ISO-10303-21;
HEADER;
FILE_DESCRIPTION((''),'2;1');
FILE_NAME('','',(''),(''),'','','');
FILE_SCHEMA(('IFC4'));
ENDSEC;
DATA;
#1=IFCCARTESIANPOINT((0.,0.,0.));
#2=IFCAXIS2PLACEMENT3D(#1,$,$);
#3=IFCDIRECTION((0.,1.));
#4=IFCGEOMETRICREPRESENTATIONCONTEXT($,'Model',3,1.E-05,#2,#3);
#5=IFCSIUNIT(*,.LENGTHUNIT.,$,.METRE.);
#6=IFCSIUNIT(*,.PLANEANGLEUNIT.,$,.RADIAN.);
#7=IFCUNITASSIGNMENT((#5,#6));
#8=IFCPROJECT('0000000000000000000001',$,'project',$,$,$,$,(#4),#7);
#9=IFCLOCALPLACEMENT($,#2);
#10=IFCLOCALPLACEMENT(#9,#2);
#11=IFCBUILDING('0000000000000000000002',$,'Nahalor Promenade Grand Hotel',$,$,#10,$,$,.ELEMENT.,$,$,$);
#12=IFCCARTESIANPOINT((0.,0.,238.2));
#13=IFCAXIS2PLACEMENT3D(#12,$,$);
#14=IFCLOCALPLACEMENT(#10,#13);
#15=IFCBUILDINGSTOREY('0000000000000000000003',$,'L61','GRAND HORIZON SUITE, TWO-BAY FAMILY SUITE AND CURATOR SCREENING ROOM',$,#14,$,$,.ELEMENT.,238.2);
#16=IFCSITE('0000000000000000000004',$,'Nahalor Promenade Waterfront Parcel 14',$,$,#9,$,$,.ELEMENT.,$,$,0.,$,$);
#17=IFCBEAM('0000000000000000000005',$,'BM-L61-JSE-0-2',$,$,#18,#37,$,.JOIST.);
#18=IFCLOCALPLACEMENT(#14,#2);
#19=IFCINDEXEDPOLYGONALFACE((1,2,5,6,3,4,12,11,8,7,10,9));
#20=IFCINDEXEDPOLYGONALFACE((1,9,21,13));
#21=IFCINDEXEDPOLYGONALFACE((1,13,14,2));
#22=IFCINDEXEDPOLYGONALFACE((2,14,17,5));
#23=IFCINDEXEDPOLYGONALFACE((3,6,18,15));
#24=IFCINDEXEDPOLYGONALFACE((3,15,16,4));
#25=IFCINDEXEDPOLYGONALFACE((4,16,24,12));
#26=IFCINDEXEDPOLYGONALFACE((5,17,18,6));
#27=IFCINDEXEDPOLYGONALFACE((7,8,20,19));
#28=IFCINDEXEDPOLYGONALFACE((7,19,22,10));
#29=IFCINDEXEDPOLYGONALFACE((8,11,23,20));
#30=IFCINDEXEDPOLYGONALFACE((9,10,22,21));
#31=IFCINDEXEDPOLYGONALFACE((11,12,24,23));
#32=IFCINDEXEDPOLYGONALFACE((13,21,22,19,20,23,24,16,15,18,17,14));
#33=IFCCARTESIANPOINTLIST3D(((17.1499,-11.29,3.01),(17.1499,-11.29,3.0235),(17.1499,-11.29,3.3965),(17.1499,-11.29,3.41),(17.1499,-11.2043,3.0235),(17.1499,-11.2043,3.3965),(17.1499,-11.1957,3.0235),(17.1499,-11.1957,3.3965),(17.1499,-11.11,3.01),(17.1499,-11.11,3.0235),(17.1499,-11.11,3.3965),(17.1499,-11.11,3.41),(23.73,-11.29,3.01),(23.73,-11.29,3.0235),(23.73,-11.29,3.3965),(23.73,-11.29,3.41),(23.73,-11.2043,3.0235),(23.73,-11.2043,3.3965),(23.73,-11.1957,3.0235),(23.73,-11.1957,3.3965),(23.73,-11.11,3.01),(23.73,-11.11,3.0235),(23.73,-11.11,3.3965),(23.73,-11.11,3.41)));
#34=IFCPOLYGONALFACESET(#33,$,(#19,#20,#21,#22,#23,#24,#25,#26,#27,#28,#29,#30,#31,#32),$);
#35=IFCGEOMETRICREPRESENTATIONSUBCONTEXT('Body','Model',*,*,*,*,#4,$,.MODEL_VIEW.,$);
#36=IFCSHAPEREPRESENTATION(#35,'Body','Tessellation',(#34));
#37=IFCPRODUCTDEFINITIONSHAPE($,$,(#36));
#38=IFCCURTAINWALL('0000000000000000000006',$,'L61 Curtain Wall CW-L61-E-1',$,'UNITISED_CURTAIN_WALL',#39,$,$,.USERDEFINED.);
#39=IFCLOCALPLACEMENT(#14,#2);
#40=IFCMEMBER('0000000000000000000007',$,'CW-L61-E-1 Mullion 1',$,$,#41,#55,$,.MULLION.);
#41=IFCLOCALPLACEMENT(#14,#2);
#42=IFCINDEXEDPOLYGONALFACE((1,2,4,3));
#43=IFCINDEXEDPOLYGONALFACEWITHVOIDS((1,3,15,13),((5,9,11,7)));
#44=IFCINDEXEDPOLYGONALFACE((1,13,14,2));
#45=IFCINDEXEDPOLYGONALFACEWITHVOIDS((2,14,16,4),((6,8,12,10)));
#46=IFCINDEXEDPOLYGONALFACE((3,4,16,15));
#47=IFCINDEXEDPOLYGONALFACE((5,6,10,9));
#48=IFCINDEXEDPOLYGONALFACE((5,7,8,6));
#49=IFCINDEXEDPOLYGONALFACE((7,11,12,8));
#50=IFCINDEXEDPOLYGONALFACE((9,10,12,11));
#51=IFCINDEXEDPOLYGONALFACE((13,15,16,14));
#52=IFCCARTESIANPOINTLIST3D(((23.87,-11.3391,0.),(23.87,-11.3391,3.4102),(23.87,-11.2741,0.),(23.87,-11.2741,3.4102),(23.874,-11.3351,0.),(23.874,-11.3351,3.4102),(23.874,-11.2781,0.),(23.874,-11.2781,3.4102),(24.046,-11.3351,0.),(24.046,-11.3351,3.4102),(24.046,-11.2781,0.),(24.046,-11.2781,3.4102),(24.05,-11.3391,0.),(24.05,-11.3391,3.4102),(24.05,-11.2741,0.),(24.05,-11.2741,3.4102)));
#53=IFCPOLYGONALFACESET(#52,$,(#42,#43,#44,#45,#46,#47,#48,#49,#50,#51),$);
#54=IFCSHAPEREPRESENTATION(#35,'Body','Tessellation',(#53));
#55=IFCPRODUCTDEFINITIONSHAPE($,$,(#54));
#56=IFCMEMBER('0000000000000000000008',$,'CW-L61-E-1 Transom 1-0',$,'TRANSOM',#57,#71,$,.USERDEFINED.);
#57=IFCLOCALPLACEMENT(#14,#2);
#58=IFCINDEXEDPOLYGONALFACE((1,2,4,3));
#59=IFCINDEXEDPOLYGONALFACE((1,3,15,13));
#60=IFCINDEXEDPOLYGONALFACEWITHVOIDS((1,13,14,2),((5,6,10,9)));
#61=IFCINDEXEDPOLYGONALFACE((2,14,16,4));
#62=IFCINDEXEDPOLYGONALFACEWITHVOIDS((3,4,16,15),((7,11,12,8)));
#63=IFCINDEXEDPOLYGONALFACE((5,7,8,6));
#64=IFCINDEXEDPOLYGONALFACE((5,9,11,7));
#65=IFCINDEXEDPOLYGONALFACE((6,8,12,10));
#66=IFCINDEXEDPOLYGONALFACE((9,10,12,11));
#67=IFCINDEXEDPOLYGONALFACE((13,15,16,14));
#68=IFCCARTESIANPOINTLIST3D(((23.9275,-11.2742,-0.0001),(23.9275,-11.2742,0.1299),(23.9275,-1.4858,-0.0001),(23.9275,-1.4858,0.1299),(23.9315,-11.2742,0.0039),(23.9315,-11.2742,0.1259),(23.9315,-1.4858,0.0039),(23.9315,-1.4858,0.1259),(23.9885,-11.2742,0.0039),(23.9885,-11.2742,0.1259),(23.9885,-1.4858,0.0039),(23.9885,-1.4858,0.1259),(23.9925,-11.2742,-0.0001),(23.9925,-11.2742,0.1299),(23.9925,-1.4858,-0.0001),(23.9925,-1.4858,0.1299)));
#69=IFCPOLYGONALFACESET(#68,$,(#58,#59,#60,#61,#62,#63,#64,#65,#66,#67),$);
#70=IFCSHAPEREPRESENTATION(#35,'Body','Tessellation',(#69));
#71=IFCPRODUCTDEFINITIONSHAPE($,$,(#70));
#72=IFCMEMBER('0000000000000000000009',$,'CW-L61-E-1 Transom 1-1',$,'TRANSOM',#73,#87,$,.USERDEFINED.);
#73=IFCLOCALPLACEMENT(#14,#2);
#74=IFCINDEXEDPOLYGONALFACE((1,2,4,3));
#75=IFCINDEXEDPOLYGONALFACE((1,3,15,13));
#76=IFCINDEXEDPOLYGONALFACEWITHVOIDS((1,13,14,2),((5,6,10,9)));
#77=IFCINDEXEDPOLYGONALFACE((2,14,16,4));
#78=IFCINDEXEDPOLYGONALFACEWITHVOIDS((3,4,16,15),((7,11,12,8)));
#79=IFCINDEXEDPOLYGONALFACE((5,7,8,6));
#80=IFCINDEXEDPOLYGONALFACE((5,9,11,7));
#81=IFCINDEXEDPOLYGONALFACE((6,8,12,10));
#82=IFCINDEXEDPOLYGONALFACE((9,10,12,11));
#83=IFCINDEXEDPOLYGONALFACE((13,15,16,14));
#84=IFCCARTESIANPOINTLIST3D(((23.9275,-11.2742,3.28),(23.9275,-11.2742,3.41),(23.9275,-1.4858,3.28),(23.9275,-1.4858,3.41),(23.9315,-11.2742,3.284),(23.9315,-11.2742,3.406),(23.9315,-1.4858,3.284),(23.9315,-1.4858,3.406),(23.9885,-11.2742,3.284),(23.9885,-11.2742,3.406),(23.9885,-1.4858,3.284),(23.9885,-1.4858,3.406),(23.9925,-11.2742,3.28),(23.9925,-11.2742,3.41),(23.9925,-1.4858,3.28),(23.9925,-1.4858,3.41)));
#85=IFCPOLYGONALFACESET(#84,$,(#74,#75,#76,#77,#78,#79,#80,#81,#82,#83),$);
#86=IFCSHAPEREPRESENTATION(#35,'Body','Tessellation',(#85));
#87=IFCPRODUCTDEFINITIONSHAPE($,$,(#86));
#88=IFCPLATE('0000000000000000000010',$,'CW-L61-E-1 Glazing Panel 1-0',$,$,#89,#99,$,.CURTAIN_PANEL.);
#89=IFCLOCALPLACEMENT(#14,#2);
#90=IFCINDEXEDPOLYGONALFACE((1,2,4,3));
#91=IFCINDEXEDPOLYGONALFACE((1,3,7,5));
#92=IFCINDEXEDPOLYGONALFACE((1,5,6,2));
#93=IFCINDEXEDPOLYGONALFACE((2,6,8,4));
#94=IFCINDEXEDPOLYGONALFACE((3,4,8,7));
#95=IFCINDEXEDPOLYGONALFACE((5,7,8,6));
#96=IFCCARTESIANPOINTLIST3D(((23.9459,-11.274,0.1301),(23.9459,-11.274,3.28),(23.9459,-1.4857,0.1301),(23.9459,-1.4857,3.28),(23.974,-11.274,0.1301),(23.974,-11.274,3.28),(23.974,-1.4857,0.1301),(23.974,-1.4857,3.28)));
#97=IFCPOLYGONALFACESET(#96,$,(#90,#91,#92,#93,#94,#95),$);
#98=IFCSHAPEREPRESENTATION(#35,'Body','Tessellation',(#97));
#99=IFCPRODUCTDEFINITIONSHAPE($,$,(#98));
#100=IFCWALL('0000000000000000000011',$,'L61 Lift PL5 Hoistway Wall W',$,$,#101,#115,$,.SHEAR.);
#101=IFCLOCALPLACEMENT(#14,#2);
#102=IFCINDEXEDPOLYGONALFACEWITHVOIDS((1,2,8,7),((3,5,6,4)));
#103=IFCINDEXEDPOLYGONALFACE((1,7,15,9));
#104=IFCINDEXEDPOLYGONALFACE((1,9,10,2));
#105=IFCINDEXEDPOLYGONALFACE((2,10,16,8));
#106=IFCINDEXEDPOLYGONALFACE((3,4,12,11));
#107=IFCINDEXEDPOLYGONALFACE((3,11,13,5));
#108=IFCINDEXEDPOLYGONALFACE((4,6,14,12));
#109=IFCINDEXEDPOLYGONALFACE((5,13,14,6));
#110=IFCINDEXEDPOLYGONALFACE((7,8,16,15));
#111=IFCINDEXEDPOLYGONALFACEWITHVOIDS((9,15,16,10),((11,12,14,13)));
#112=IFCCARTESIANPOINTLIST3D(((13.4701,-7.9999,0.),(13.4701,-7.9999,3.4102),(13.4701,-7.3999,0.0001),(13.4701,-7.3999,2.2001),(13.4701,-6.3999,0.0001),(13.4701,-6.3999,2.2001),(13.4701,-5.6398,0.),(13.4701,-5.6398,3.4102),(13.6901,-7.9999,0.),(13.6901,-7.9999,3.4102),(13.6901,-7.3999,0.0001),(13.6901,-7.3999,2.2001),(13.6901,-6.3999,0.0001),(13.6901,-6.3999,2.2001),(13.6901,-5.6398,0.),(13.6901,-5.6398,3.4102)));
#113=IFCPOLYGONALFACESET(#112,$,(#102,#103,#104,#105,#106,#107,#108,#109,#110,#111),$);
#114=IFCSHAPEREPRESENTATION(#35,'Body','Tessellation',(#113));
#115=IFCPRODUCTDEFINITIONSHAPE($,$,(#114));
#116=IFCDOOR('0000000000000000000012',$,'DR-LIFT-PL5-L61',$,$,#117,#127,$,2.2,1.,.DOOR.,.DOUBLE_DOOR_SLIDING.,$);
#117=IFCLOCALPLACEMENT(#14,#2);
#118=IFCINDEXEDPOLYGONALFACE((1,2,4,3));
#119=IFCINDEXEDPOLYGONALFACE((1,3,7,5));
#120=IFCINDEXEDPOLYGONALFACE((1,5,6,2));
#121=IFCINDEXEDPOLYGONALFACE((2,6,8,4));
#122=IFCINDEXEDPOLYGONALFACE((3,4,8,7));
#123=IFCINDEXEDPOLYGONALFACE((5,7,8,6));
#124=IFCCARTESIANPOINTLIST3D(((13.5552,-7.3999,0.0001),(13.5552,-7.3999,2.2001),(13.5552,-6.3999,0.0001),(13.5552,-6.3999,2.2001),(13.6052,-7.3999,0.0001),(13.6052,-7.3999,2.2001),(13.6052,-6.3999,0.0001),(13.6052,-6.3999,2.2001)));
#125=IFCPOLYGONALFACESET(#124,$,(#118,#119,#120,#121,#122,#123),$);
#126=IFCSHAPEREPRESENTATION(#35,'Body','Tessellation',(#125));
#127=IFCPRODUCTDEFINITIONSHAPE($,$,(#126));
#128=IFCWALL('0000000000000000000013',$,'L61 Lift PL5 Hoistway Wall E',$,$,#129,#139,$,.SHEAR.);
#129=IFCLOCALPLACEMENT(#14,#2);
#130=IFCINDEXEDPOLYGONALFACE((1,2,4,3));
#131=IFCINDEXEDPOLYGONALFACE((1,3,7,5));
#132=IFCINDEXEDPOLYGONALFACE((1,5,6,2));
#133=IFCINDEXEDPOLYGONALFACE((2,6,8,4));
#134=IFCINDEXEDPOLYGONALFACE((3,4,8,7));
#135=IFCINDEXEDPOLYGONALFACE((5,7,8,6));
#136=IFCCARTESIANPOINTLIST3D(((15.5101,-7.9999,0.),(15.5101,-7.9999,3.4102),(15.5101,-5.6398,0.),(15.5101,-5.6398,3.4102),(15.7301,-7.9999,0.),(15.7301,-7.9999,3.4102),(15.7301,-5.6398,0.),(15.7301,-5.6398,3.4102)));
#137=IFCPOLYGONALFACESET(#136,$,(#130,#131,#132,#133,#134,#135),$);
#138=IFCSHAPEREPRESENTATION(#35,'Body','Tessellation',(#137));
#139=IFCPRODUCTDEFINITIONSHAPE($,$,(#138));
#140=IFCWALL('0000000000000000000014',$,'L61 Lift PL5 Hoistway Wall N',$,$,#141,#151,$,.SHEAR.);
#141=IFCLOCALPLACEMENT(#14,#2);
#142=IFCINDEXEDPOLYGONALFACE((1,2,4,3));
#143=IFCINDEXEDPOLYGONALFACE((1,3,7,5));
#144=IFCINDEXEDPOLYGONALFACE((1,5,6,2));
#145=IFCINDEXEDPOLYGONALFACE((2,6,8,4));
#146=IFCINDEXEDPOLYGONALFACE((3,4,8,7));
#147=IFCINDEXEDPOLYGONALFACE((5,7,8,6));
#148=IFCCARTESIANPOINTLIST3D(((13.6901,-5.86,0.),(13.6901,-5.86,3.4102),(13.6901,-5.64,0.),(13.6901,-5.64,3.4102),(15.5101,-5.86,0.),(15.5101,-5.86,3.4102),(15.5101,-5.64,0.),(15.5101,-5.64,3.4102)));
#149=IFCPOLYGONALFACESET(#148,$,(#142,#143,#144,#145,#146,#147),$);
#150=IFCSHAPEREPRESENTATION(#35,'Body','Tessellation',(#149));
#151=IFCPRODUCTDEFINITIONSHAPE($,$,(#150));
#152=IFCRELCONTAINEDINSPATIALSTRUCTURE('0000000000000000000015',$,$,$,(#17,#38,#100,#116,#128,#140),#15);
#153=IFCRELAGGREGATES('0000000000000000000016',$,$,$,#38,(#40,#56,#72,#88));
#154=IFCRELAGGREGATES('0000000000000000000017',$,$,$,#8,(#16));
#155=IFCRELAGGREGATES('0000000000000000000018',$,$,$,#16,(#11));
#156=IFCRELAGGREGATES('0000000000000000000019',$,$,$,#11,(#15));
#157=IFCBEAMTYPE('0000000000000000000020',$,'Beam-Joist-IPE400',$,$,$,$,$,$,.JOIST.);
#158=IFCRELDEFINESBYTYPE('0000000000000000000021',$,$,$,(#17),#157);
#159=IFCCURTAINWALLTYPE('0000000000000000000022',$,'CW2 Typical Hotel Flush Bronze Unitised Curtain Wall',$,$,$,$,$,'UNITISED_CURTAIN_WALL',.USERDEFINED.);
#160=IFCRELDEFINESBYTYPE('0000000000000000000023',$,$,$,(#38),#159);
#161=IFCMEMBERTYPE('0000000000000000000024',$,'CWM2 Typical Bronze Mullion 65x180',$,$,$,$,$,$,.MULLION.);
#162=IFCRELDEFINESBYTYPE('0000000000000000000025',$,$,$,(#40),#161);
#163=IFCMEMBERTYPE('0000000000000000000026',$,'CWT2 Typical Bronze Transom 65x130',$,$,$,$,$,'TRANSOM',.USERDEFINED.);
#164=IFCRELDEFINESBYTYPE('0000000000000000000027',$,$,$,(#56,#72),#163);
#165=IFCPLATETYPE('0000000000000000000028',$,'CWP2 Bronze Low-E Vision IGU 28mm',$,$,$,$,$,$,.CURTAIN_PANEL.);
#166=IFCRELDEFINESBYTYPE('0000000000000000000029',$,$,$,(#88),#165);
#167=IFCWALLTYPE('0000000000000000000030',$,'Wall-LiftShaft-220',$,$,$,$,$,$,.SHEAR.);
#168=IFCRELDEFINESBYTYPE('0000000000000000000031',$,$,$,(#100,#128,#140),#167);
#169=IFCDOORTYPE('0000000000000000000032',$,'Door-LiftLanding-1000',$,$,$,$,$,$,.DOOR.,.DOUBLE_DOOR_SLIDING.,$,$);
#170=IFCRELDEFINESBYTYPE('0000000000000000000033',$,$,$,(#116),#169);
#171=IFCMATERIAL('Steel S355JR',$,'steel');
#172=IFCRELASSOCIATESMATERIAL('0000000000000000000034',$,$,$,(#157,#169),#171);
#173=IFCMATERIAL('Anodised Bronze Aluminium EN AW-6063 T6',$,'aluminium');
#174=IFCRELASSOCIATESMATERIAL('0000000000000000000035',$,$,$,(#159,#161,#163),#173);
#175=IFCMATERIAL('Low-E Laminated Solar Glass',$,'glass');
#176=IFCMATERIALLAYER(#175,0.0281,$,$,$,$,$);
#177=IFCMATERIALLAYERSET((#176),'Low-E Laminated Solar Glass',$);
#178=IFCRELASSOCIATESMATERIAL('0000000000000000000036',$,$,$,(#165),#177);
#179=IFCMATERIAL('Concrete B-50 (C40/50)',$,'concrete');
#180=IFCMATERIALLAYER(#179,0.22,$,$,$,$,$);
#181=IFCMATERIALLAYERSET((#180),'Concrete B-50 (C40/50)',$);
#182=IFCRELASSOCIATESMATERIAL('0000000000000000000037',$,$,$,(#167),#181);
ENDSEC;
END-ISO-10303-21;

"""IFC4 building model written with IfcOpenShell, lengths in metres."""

from ifc_helpers import new_model, si_unit, direction, frame, frame_2d, origin, origin_2d, place, context, subcontext, project, spatial, rectangle, hollow_rectangle, i_section, extrude, source, transform, mapped, material, layer, layer_set, material_profile, profile_set, type_object, element, fill, aggregate, save


model = new_model("IFC4")

# Units and contexts
model_context = context("Model", 3, precision=1e-05, world=origin(), true_north=direction((0.0, 1.0)))
body_context = subcontext(model_context, "Body", "Model", "MODEL_VIEW")
ifc_project = project(units=[si_unit("LENGTHUNIT", "METRE"), si_unit("PLANEANGLEUNIT", "RADIAN")], contexts=[model_context])

# Site, building, storey
site_placement = place(None, origin())
site = spatial("IfcSite", under=ifc_project, at=site_placement, Name="Nahalor Promenade Waterfront Parcel 14", CompositionType="ELEMENT", RefElevation=0.0)
building_placement = place(site_placement, origin())
building = spatial("IfcBuilding", under=site, at=building_placement, Name="Nahalor Promenade Grand Hotel", CompositionType="ELEMENT")
storey_placement = place(building_placement, frame((0.0, 0.0, 238.2)))
storey = spatial("IfcBuildingStorey", under=building, at=storey_placement, Name="L61", Description="GRAND HORIZON SUITE, TWO-BAY FAMILY SUITE AND CURATOR SCREENING ROOM", CompositionType="ELEMENT", Elevation=238.2)

# Shared definitions
ifc_material_1 = material(Name="Steel S355JR", Category="steel")

# Beam
ifc_material_profile_1 = material_profile(ifc_material_1, i_section(OverallWidth=0.18, OverallDepth=0.4, WebThickness=0.0086, FlangeThickness=0.0135, at=origin_2d()), Name="IPE 400")
ifc_profile_set_1 = profile_set([ifc_material_profile_1], Name="Steel S355JR")
beam_type_1 = type_object("IfcBeamType", Name="Beam-Joist-IPE400", PredefinedType="JOIST", material=ifc_profile_set_1)
shared_shape_1 = source(origin(), body_context, "Body", "SweptSolid", [
    extrude(i_section(OverallWidth=0.18, OverallDepth=0.4, WebThickness=0.0086, FlangeThickness=0.0135, at=origin_2d()), origin(), (0.0, 0.0, 1.0), 6.5801),
])
beam_1_placement = place(storey_placement, frame((17.1499, -11.2, 3.21), z_axis=(1.0, 0.0, 0.0), x_axis=(0.0, 1.0, 0.0)))
element("IfcBeam", 1, at=beam_1_placement, inside=storey, type_object=beam_type_1, Name="BM-L61-JSE-0-2", PredefinedType="JOIST", context=body_context, shape_type="MappedRepresentation", body=[
    mapped(shared_shape_1, transform((0.0, 0.0, 0.0), scale=1.0)),
])

# Curtain wall, members, plate
ifc_material_2 = material(Name="Anodised Bronze Aluminium EN AW-6063 T6", Category="aluminium")
curtain_wall_type = type_object("IfcCurtainWallType", Name="CW2 Typical Hotel Flush Bronze Unitised Curtain Wall", ElementType="UNITISED_CURTAIN_WALL", PredefinedType="USERDEFINED", material=ifc_material_2)
curtain_wall_placement = place(storey_placement, origin())
curtain_wall = element("IfcCurtainWall", 2, at=curtain_wall_placement, inside=storey, type_object=curtain_wall_type, Name="L61 Curtain Wall CW-L61-E-1", ObjectType="UNITISED_CURTAIN_WALL", PredefinedType="USERDEFINED")
ifc_material_profile_2 = material_profile(ifc_material_2, hollow_rectangle(XDim=0.065, YDim=0.18, WallThickness=0.004, at=origin_2d()), Name="CWM 65x180x4")
ifc_profile_set_2 = profile_set([ifc_material_profile_2], Name="Anodised Bronze Aluminium EN AW-6063 T6")
member_type_1 = type_object("IfcMemberType", Name="CWM2 Typical Bronze Mullion 65x180", PredefinedType="MULLION", material=ifc_profile_set_2)
shared_shape_2 = source(origin(), body_context, "Body", "SweptSolid", [
    extrude(hollow_rectangle(XDim=0.065, YDim=0.18, WallThickness=0.004, at=origin_2d()), origin(), (0.0, 0.0, 1.0), 3.4102),
])
member_1_placement = place(storey_placement, frame((23.96, -11.3066, 0.0), z_axis=(0.0, 0.0, 1.0), x_axis=(0.0, 1.0, 0.0)))
member_1 = element("IfcMember", 3, at=member_1_placement, type_object=member_type_1, Name="CW-L61-E-1 Mullion 1", PredefinedType="MULLION", context=body_context, shape_type="MappedRepresentation", body=[
    mapped(shared_shape_2, transform((0.0, 0.0, 0.0), scale=1.0)),
])
ifc_material_profile_3 = material_profile(ifc_material_2, hollow_rectangle(XDim=0.065, YDim=0.13, WallThickness=0.004, at=origin_2d()), Name="CWT 65x130x4")
ifc_profile_set_3 = profile_set([ifc_material_profile_3], Name="Anodised Bronze Aluminium EN AW-6063 T6")
member_type_2 = type_object("IfcMemberType", Name="CWT2 Typical Bronze Transom 65x130", ElementType="TRANSOM", PredefinedType="USERDEFINED", material=ifc_profile_set_3)
shared_shape_3 = source(origin(), body_context, "Body", "SweptSolid", [
    extrude(hollow_rectangle(XDim=0.065, YDim=0.13, WallThickness=0.004, at=origin_2d()), origin(), (0.0, 0.0, 1.0), 9.7883),
])
member_2_placement = place(storey_placement, frame((23.96, -11.2742, 0.0649), z_axis=(0.0, 1.0, 0.0), x_axis=(-1.0, 0.0, 0.0)))
member_2 = element("IfcMember", 4, at=member_2_placement, type_object=member_type_2, Name="CW-L61-E-1 Transom 1-0", ObjectType="TRANSOM", PredefinedType="USERDEFINED", context=body_context, shape_type="MappedRepresentation", body=[
    mapped(shared_shape_3, transform((0.0, 0.0, 0.0), scale=1.0)),
])
member_3_placement = place(storey_placement, frame((23.96, -11.2742, 3.345), z_axis=(0.0, 1.0, 0.0), x_axis=(-1.0, 0.0, 0.0)))
member_3 = element("IfcMember", 5, at=member_3_placement, type_object=member_type_2, Name="CW-L61-E-1 Transom 1-1", ObjectType="TRANSOM", PredefinedType="USERDEFINED", context=body_context, shape_type="MappedRepresentation", body=[
    mapped(shared_shape_3, transform((0.0, 0.0, 0.0), scale=1.0)),
])
ifc_material_3 = material(Name="Low-E Laminated Solar Glass", Category="glass")
ifc_layer_1 = layer(ifc_material_3, 0.0281)
ifc_layer_set_1 = layer_set([ifc_layer_1], Name="Low-E Laminated Solar Glass")
plate_type = type_object("IfcPlateType", Name="CWP2 Bronze Low-E Vision IGU 28mm", PredefinedType="CURTAIN_PANEL", material=ifc_layer_set_1)
shared_shape_4 = source(origin(), body_context, "Body", "SweptSolid", [
    extrude(rectangle(XDim=9.7883, YDim=0.0281, at=origin_2d()), origin(), (0.0, 0.0, 1.0), 3.1499),
])
plate_placement = place(storey_placement, frame((23.96, -6.3799, 0.1301), z_axis=(0.0, 0.0, 1.0), x_axis=(0.0, 1.0, 0.0)))
plate = element("IfcPlate", 6, at=plate_placement, type_object=plate_type, Name="CW-L61-E-1 Glazing Panel 1-0", PredefinedType="CURTAIN_PANEL", context=body_context, shape_type="MappedRepresentation", body=[
    mapped(shared_shape_4, transform((0.0, 0.0, 0.0), scale=1.0)),
])
aggregate(curtain_wall, [member_1, member_2, member_3, plate])

# Wall, opening, door
ifc_material_4 = material(Name="Concrete B-50 (C40/50)", Category="concrete")
ifc_layer_2 = layer(ifc_material_4, 0.22)
ifc_layer_set_2 = layer_set([ifc_layer_2], Name="Concrete B-50 (C40/50)")
wall_type_1 = type_object("IfcWallType", Name="Wall-LiftShaft-220", PredefinedType="SHEAR", material=ifc_layer_set_2)
shared_shape_5 = source(origin(), body_context, "Body", "SweptSolid", [
    extrude(rectangle(XDim=2.3601, YDim=0.22, at=frame_2d((1.1802, 0.0))), origin(), (0.0, 0.0, 1.0), 3.4102),
])
wall_1_placement = place(storey_placement, frame((13.5801, -8.0, 0.0), z_axis=(0.0, 0.0, 1.0), x_axis=(0.0, 1.0, 0.0)))
wall_1 = element("IfcWall", 7, at=wall_1_placement, inside=storey, type_object=wall_type_1, Name="L61 Lift PL5 Hoistway Wall W", PredefinedType="SHEAR", context=body_context, shape_type="MappedRepresentation", body=[
    mapped(shared_shape_5, transform((0.0, 0.0, 0.0), scale=1.0)),
])
opening_1_placement = place(wall_1_placement, frame((0.6001, 0.0, 0.0)))
opening_1 = element("IfcOpeningElement", 8, at=opening_1_placement, cuts=wall_1, PredefinedType="OPENING", context=body_context, shape_type="SweptSolid", body=[
    extrude(rectangle(XDim=1.0, YDim=2.2, at=frame_2d((0.5, 1.1001))), frame((0.0, 0.1199, 0.0), z_axis=(0.0, -1.0, 0.0), x_axis=(1.0, 0.0, 0.0)), (0.0, 0.0, 1.0), 0.24),
])
door_type_1 = type_object("IfcDoorType", Name="Door-LiftLanding-1000", OperationType="DOUBLE_DOOR_SLIDING", PredefinedType="DOOR", material=ifc_material_1)
shared_shape_6 = source(origin(), body_context, "Body", "SweptSolid", [
    extrude(rectangle(XDim=1.0, YDim=2.2, at=frame_2d((0.5, 1.1001))), frame((0.0, 0.0249, 0.0), z_axis=(0.0, -1.0, 0.0), x_axis=(1.0, 0.0, 0.0)), (0.0, 0.0, 1.0), 0.05),
])
door_1_placement = place(opening_1_placement, origin())
door_1 = element("IfcDoor", 9, at=door_1_placement, inside=storey, type_object=door_type_1, Name="DR-LIFT-PL5-L61", OperationType="DOUBLE_DOOR_SLIDING", OverallHeight=2.2, OverallWidth=1.0, PredefinedType="DOOR", context=body_context, shape_type="MappedRepresentation", body=[
    mapped(shared_shape_6, transform((0.0, 0.0, 0.0), scale=1.0)),
])
fill(opening_1, door_1)

# Walls
wall_2_placement = place(storey_placement, frame((15.6201, -8.0, 0.0), z_axis=(0.0, 0.0, 1.0), x_axis=(0.0, 1.0, 0.0)))
element("IfcWall", 10, at=wall_2_placement, inside=storey, type_object=wall_type_1, Name="L61 Lift PL5 Hoistway Wall E", PredefinedType="SHEAR", context=body_context, shape_type="MappedRepresentation", body=[
    mapped(shared_shape_5, transform((0.0, 0.0, 0.0), scale=1.0)),
])
shared_shape_7 = source(origin(), body_context, "Body", "SweptSolid", [
    extrude(rectangle(XDim=1.8201, YDim=0.22, at=frame_2d((0.9102, 0.0))), origin(), (0.0, 0.0, 1.0), 3.4102),
])
wall_3_placement = place(storey_placement, frame((13.6899, -5.75, 0.0), z_axis=(0.0, 0.0, 1.0), x_axis=(1.0, 0.0, 0.0)))
element("IfcWall", 11, at=wall_3_placement, inside=storey, type_object=wall_type_1, Name="L61 Lift PL5 Hoistway Wall N", PredefinedType="SHEAR", context=body_context, shape_type="MappedRepresentation", body=[
    mapped(shared_shape_7, transform((0.0, 0.0, 0.0), scale=1.0)),
])

save(model, "model.ifc")
